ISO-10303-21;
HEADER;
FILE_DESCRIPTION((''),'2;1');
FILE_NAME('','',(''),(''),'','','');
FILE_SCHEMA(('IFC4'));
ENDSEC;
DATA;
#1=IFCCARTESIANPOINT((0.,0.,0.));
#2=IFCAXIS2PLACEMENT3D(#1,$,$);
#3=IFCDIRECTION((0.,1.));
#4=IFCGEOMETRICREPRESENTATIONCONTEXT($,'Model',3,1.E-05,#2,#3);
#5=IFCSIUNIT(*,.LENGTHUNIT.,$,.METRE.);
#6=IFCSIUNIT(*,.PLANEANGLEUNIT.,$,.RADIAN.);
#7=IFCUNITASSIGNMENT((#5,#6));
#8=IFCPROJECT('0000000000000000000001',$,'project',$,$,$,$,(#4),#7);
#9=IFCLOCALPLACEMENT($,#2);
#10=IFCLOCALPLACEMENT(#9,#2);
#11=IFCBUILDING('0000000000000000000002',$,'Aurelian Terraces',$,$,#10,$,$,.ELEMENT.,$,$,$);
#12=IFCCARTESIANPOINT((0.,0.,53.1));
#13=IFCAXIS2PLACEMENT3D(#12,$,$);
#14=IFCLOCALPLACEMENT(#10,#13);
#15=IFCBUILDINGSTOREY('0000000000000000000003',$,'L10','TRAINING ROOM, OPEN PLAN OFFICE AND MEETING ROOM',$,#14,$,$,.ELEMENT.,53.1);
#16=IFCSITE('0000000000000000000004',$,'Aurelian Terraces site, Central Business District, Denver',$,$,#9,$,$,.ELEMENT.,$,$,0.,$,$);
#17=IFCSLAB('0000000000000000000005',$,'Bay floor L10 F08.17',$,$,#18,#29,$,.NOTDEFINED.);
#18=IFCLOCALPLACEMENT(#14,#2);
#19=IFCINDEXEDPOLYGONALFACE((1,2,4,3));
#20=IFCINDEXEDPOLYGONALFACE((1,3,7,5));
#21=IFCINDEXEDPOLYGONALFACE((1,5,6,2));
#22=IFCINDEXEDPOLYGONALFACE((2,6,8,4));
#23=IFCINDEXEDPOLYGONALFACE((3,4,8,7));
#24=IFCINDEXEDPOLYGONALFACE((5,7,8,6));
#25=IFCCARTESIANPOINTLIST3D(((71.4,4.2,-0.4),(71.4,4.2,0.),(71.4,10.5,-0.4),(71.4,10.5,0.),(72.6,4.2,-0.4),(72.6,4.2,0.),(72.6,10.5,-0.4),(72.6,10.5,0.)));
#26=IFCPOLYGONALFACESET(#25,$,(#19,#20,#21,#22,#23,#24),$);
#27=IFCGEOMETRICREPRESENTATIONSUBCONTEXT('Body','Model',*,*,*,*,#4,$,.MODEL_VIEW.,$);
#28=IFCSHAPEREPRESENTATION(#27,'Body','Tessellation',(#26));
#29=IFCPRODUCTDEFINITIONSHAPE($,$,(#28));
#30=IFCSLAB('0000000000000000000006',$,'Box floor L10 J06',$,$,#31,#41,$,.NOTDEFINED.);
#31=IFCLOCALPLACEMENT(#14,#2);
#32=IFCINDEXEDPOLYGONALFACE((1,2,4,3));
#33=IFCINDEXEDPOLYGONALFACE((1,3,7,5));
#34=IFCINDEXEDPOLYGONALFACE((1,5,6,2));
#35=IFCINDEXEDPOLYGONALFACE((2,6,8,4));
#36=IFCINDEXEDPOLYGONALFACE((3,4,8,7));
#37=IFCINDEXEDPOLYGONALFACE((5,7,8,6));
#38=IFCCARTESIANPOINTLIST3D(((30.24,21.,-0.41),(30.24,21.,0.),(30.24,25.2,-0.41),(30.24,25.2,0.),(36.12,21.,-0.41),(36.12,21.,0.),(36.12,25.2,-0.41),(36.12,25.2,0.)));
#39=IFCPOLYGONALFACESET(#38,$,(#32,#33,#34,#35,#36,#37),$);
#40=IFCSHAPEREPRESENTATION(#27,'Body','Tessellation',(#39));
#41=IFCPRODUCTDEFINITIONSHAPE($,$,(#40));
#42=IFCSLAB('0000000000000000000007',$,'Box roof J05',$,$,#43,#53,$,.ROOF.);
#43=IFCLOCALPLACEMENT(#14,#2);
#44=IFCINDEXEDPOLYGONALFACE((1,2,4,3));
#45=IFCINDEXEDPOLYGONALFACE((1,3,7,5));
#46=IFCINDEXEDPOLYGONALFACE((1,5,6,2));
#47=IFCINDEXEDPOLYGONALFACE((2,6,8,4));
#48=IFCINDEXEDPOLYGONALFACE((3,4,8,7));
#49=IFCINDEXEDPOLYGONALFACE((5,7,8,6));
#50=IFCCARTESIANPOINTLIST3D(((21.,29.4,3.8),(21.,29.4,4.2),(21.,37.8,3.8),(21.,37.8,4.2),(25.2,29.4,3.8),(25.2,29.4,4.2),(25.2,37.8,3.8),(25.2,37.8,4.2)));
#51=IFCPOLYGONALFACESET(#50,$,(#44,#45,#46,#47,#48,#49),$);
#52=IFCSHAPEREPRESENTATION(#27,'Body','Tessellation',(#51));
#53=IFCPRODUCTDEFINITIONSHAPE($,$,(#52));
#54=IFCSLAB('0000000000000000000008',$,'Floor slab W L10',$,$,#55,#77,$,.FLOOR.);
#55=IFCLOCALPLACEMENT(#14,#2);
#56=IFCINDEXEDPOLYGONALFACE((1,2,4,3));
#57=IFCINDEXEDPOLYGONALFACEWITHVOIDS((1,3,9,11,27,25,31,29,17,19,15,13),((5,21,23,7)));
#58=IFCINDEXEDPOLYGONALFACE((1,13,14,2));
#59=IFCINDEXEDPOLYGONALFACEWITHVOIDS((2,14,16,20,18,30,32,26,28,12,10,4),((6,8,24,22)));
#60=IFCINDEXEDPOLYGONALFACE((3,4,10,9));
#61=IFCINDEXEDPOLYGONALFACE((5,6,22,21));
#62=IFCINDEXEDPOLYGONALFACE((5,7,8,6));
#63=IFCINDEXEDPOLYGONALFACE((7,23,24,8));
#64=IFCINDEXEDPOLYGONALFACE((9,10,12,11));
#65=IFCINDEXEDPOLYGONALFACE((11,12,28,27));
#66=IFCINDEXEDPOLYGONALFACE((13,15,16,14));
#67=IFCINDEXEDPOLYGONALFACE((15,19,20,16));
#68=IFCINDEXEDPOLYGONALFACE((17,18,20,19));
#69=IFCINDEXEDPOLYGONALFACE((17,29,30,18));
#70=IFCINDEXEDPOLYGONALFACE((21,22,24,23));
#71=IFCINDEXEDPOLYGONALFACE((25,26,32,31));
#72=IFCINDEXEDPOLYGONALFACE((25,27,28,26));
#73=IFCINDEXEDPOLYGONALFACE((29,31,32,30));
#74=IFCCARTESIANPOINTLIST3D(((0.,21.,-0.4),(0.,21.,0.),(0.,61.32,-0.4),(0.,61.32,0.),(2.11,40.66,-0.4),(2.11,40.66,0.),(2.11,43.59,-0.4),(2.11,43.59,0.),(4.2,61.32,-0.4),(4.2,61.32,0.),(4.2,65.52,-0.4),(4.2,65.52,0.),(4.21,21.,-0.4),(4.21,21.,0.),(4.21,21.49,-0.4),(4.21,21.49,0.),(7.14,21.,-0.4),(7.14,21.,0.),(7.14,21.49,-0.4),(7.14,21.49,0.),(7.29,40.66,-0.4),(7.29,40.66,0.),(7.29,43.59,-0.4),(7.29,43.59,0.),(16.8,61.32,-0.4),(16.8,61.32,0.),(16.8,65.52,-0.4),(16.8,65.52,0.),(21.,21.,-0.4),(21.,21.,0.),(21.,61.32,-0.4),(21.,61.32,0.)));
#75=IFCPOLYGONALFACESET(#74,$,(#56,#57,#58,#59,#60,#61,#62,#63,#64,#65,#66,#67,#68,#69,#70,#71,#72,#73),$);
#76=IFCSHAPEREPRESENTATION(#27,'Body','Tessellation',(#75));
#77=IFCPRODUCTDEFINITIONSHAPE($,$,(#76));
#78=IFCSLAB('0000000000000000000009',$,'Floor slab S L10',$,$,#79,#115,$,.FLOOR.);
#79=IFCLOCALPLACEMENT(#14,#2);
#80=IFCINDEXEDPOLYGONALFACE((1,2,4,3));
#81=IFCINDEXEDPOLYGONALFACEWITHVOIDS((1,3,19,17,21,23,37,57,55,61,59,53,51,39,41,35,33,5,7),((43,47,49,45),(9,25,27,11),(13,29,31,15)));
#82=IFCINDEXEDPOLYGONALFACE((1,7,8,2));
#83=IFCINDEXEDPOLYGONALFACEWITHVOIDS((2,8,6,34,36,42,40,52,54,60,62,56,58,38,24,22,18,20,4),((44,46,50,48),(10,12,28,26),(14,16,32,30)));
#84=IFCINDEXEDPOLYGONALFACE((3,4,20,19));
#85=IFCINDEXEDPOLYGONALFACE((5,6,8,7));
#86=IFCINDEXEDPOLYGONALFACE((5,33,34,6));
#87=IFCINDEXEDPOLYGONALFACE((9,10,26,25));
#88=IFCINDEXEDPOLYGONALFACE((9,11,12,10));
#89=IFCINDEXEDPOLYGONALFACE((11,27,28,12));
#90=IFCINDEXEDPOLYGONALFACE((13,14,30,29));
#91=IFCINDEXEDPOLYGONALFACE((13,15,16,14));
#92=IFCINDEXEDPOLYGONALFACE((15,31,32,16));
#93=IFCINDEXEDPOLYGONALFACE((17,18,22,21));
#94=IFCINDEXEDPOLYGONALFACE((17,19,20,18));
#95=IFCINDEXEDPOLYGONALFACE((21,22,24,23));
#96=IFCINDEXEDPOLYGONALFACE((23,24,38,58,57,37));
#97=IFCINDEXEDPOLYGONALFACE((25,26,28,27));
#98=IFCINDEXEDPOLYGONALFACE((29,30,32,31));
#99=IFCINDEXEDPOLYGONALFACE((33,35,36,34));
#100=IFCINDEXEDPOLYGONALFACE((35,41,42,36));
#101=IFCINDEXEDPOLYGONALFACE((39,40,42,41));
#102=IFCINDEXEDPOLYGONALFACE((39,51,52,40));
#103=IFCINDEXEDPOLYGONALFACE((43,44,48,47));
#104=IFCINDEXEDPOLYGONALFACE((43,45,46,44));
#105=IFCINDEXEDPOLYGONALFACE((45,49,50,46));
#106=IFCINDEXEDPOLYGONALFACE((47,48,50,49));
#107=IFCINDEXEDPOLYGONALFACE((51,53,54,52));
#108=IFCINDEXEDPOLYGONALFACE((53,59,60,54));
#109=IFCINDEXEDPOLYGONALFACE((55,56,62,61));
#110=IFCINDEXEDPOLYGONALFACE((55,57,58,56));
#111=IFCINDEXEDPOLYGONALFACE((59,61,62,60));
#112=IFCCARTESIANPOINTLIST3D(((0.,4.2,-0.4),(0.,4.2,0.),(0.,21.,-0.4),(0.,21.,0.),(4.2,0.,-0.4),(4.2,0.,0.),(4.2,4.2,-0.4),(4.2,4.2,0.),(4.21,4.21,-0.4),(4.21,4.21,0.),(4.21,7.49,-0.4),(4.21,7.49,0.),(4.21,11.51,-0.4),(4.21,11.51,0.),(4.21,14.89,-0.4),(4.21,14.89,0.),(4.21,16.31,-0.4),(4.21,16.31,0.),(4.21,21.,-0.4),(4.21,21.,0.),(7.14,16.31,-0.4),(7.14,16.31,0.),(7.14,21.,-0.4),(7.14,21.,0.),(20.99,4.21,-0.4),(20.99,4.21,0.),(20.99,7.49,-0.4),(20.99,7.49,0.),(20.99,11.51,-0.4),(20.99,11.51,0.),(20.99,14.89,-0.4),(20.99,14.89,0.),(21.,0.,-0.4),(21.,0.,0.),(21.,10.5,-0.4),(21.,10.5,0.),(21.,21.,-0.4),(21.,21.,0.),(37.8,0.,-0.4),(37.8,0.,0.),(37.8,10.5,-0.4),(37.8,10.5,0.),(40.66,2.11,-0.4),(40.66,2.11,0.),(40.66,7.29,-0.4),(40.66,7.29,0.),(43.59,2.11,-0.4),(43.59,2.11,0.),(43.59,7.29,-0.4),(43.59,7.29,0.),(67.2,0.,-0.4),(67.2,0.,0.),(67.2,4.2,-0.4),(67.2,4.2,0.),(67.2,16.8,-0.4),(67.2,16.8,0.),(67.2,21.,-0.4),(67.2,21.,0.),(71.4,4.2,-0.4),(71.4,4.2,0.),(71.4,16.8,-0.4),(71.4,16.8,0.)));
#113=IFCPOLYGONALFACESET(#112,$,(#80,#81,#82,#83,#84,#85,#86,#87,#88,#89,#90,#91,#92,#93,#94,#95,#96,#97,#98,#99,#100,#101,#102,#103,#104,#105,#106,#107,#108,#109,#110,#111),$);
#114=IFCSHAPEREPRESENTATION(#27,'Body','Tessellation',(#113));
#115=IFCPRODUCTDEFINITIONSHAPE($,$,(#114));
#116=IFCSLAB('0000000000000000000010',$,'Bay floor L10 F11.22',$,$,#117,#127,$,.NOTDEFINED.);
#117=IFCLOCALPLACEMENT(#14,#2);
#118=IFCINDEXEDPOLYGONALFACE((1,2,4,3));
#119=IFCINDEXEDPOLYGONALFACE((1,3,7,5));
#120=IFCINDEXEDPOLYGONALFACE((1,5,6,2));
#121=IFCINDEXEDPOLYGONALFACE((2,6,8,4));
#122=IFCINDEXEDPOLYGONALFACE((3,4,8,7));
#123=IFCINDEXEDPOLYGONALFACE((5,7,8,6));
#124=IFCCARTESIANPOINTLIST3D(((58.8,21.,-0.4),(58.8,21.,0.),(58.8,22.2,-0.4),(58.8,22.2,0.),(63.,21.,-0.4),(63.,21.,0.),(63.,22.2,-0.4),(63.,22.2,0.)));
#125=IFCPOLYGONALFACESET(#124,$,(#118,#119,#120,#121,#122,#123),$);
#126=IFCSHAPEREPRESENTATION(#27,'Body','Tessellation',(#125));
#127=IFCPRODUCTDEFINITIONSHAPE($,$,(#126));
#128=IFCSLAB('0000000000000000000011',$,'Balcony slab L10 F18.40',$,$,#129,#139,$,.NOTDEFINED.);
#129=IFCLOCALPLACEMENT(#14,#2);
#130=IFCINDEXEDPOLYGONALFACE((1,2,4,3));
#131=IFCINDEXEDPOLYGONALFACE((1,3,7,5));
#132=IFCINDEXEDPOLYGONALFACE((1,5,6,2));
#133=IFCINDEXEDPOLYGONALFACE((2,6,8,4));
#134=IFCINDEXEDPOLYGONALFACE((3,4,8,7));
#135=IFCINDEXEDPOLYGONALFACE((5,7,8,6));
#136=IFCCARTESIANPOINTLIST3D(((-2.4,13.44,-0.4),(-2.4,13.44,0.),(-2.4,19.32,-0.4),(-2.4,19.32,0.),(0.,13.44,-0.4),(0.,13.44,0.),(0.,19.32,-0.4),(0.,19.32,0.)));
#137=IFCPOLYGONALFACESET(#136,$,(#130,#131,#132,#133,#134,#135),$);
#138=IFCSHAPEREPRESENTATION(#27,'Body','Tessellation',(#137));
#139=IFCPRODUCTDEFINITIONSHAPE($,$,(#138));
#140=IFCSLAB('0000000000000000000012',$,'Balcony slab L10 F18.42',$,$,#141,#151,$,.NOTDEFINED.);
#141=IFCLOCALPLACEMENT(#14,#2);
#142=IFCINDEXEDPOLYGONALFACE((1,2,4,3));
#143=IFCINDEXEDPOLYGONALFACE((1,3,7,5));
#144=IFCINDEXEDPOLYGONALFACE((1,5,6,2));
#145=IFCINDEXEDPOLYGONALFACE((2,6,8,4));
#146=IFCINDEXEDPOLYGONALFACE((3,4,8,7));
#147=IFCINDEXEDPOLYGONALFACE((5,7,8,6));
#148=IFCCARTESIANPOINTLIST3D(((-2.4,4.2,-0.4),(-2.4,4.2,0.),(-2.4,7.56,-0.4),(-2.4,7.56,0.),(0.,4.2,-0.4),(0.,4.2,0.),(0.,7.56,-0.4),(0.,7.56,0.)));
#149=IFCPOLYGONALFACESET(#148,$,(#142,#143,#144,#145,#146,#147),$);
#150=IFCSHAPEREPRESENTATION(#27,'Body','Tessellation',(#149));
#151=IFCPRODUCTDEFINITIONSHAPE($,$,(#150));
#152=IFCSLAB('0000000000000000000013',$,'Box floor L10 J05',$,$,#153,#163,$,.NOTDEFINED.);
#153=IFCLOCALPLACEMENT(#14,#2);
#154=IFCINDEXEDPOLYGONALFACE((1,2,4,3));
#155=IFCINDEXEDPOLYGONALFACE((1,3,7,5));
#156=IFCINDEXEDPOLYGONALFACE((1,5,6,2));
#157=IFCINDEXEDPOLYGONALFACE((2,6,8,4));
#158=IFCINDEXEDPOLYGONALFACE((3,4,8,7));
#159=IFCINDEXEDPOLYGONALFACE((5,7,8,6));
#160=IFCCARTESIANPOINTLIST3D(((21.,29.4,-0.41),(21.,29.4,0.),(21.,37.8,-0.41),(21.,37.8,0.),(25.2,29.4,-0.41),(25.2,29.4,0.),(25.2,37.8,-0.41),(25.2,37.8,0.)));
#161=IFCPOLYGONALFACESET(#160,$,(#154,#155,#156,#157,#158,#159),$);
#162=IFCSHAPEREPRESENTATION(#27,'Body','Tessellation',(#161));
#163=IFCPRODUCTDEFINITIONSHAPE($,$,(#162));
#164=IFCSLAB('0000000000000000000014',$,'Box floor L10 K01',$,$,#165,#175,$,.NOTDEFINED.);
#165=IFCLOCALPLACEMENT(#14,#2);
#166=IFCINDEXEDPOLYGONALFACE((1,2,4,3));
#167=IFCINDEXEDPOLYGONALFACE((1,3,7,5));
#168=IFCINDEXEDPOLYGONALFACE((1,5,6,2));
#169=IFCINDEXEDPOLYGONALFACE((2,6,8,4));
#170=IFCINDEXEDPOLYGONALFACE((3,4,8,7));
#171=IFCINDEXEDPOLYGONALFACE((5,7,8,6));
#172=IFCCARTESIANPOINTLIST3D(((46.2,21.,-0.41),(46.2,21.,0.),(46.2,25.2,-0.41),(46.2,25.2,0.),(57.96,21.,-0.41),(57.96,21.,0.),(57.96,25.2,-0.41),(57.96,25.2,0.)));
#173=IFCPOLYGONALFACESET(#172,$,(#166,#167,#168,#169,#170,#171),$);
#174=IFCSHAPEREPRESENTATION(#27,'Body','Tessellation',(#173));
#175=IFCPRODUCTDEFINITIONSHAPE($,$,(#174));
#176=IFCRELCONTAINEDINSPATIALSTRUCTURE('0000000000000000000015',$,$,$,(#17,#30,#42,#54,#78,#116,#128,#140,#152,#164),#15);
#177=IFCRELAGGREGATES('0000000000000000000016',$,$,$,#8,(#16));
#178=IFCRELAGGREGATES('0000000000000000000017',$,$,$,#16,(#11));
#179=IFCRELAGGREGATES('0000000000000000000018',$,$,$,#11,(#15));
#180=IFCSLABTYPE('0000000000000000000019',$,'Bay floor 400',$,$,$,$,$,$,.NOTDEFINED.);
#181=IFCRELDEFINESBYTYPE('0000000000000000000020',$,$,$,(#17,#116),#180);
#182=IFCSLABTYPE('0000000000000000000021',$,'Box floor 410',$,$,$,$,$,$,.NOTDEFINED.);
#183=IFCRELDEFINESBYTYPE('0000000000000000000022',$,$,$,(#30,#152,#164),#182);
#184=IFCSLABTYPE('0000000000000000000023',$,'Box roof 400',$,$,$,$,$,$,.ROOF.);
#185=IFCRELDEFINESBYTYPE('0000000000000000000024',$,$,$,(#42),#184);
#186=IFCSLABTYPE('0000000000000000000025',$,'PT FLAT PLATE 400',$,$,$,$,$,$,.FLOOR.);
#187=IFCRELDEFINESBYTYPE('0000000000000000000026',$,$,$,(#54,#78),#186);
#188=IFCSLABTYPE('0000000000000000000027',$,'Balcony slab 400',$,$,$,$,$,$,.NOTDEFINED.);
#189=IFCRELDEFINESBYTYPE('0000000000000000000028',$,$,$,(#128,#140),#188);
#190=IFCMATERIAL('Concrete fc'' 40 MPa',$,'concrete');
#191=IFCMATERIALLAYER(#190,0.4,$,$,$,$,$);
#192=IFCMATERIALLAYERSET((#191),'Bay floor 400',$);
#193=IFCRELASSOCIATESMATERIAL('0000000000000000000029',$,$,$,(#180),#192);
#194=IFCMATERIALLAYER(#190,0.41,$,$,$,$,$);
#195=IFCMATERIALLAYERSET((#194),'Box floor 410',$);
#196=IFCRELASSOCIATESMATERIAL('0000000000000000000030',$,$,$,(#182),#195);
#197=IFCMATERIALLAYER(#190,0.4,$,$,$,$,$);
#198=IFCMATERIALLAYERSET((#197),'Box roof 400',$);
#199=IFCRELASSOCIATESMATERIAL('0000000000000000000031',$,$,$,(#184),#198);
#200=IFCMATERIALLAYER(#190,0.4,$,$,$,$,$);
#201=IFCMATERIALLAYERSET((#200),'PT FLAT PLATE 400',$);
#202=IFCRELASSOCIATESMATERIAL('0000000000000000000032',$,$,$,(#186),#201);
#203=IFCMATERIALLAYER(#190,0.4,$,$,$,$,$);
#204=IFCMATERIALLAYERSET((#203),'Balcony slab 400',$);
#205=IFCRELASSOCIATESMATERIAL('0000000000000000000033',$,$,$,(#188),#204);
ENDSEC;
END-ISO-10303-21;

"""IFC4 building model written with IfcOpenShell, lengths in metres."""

from ifc_helpers import new_model, si_unit, direction, frame, origin, place, context, subcontext, project, spatial, polyline, outline, extrude, source, transform, mapped, material, layer, layer_set, type_object, element, save


model = new_model("IFC4")

# Units and contexts
model_context = context("Model", 3, precision=1e-05, world=origin(), true_north=direction((0.0, 1.0)))
body_context = subcontext(model_context, "Body", "Model", "MODEL_VIEW")
ifc_project = project(units=[si_unit("LENGTHUNIT", "METRE"), si_unit("PLANEANGLEUNIT", "RADIAN")], contexts=[model_context])

# Site, building, storey
site_placement = place(None, origin())
site = spatial("IfcSite", under=ifc_project, at=site_placement, Name="Aurelian Terraces site, Central Business District, Denver", CompositionType="ELEMENT", RefElevation=0.0)
building_placement = place(site_placement, origin())
building = spatial("IfcBuilding", under=site, at=building_placement, Name="Aurelian Terraces", CompositionType="ELEMENT")
storey_placement = place(building_placement, frame((0.0, 0.0, 53.1)))
storey = spatial("IfcBuildingStorey", under=building, at=storey_placement, Name="L10", Description="TRAINING ROOM, OPEN PLAN OFFICE AND MEETING ROOM", CompositionType="ELEMENT", Elevation=53.1)

# Slabs
ifc_material_1 = material(Name="Concrete fc' 40 MPa", Category="concrete")
ifc_layer_1 = layer(ifc_material_1, 0.4)
ifc_layer_set_1 = layer_set([ifc_layer_1], Name="Bay floor 400")
slab_type_1 = type_object("IfcSlabType", Name="Bay floor 400", PredefinedType="NOTDEFINED", material=ifc_layer_set_1)
slab_1_placement = place(storey_placement, frame((0.0, 0.0, -0.4)))
element("IfcSlab", 1, at=slab_1_placement, inside=storey, type_object=slab_type_1, Name="Bay floor L10 F08.17", PredefinedType="NOTDEFINED", context=body_context, shape_type="SweptSolid", body=[
    extrude(outline(polyline([(71.4, 4.2), (71.4, 10.5), (72.6, 10.5), (72.6, 4.2), (71.4, 4.2)])), origin(), (0.0, 0.0, 1.0), 0.4),
])
ifc_layer_2 = layer(ifc_material_1, 0.41)
ifc_layer_set_2 = layer_set([ifc_layer_2], Name="Box floor 410")
slab_type_2 = type_object("IfcSlabType", Name="Box floor 410", PredefinedType="NOTDEFINED", material=ifc_layer_set_2)
slab_2_placement = place(storey_placement, frame((0.0, 0.0, -0.41)))
element("IfcSlab", 2, at=slab_2_placement, inside=storey, type_object=slab_type_2, Name="Box floor L10 J06", PredefinedType="NOTDEFINED", context=body_context, shape_type="SweptSolid", body=[
    extrude(outline(polyline([(36.12, 25.2), (30.24, 25.2), (30.24, 21.0), (36.12, 21.0), (36.12, 25.2)])), origin(), (0.0, 0.0, 1.0), 0.41),
])
ifc_layer_3 = layer(ifc_material_1, 0.4)
ifc_layer_set_3 = layer_set([ifc_layer_3], Name="Box roof 400")
slab_type_3 = type_object("IfcSlabType", Name="Box roof 400", PredefinedType="ROOF", material=ifc_layer_set_3)
slab_3_placement = place(storey_placement, frame((0.0, 0.0, 3.8)))
element("IfcSlab", 3, at=slab_3_placement, inside=storey, type_object=slab_type_3, Name="Box roof J05", PredefinedType="ROOF", context=body_context, shape_type="SweptSolid", body=[
    extrude(outline(polyline([(25.2, 29.4), (25.2, 37.8), (21.0, 37.8), (21.0, 29.4), (25.2, 29.4)])), origin(), (0.0, 0.0, 1.0), 0.4),
])
ifc_layer_4 = layer(ifc_material_1, 0.4)
ifc_layer_set_4 = layer_set([ifc_layer_4], Name="PT FLAT PLATE 400")
slab_type_4 = type_object("IfcSlabType", Name="PT FLAT PLATE 400", PredefinedType="FLOOR", material=ifc_layer_set_4)
shared_shape_1 = source(origin(), body_context, "Body", "SweptSolid", [
    extrude(outline(polyline([(7.14, 21.0), (7.14, 21.49), (4.21, 21.49), (4.21, 21.0), (0.0, 21.0), (0.0, 61.32), (4.2, 61.32), (4.2, 65.52), (16.8, 65.52), (16.8, 61.32), (21.0, 61.32), (21.0, 21.0), (7.14, 21.0)]), holes=[polyline([(7.29, 43.59), (2.11, 43.59), (2.11, 40.66), (7.29, 40.66), (7.29, 43.59)])]), origin(), (0.0, 0.0, 1.0), 0.4),
])
slab_4_placement = place(storey_placement, frame((0.0, 0.0, -0.4)))
element("IfcSlab", 4, at=slab_4_placement, inside=storey, type_object=slab_type_4, Name="Floor slab W L10", PredefinedType="FLOOR", context=body_context, shape_type="MappedRepresentation", body=[
    mapped(shared_shape_1, transform((0.0, 0.0, 0.0), scale=1.0)),
])
shared_shape_2 = source(origin(), body_context, "Body", "SweptSolid", [
    extrude(outline(polyline([(71.4, 16.8), (71.4, 4.2), (67.2, 4.2), (67.2, 0.0), (37.8, 0.0), (37.8, 10.5), (21.0, 10.5), (21.0, 0.0), (4.2, 0.0), (4.2, 4.2), (0.0, 4.2), (0.0, 21.0), (4.21, 21.0), (4.21, 16.31), (7.14, 16.31), (7.14, 21.0), (21.0, 21.0), (67.2, 21.0), (67.2, 16.8), (71.4, 16.8)]), holes=[polyline([(40.66, 2.11), (43.59, 2.11), (43.59, 7.29), (40.66, 7.29), (40.66, 2.11)]), polyline([(4.21, 7.49), (4.21, 4.21), (20.99, 4.21), (20.99, 7.49), (4.21, 7.49)]), polyline([(4.21, 14.89), (4.21, 11.51), (20.99, 11.51), (20.99, 14.89), (4.21, 14.89)])]), origin(), (0.0, 0.0, 1.0), 0.4),
])
slab_5_placement = place(storey_placement, frame((0.0, 0.0, -0.4)))
element("IfcSlab", 5, at=slab_5_placement, inside=storey, type_object=slab_type_4, Name="Floor slab S L10", PredefinedType="FLOOR", context=body_context, shape_type="MappedRepresentation", body=[
    mapped(shared_shape_2, transform((0.0, 0.0, 0.0), scale=1.0)),
])
shared_shape_3 = source(origin(), body_context, "Body", "SweptSolid", [
    extrude(outline(polyline([(63.0, 21.0), (58.8, 21.0), (58.8, 22.2), (63.0, 22.2), (63.0, 21.0)])), origin(), (0.0, 0.0, 1.0), 0.4),
])
slab_6_placement = place(storey_placement, frame((0.0, 0.0, -0.4)))
element("IfcSlab", 6, at=slab_6_placement, inside=storey, type_object=slab_type_1, Name="Bay floor L10 F11.22", PredefinedType="NOTDEFINED", context=body_context, shape_type="MappedRepresentation", body=[
    mapped(shared_shape_3, transform((0.0, 0.0, 0.0), scale=1.0)),
])
ifc_layer_5 = layer(ifc_material_1, 0.4)
ifc_layer_set_5 = layer_set([ifc_layer_5], Name="Balcony slab 400")
slab_type_5 = type_object("IfcSlabType", Name="Balcony slab 400", PredefinedType="NOTDEFINED", material=ifc_layer_set_5)
shared_shape_4 = source(origin(), body_context, "Body", "SweptSolid", [
    extrude(outline(polyline([(0.0, 19.32), (0.0, 13.44), (-2.4, 13.44), (-2.4, 19.32), (0.0, 19.32)])), origin(), (0.0, 0.0, 1.0), 0.4),
])
slab_7_placement = place(storey_placement, frame((0.0, 0.0, -0.4)))
element("IfcSlab", 7, at=slab_7_placement, inside=storey, type_object=slab_type_5, Name="Balcony slab L10 F18.40", PredefinedType="NOTDEFINED", context=body_context, shape_type="MappedRepresentation", body=[
    mapped(shared_shape_4, transform((0.0, 0.0, 0.0), scale=1.0)),
])
shared_shape_5 = source(origin(), body_context, "Body", "SweptSolid", [
    extrude(outline(polyline([(0.0, 7.56), (0.0, 4.2), (-2.4, 4.2), (-2.4, 7.56), (0.0, 7.56)])), origin(), (0.0, 0.0, 1.0), 0.4),
])
slab_8_placement = place(storey_placement, frame((0.0, 0.0, -0.4)))
element("IfcSlab", 8, at=slab_8_placement, inside=storey, type_object=slab_type_5, Name="Balcony slab L10 F18.42", PredefinedType="NOTDEFINED", context=body_context, shape_type="MappedRepresentation", body=[
    mapped(shared_shape_5, transform((0.0, 0.0, 0.0), scale=1.0)),
])
shared_shape_6 = source(origin(), body_context, "Body", "SweptSolid", [
    extrude(outline(polyline([(25.2, 29.4), (25.2, 37.8), (21.0, 37.8), (21.0, 29.4), (25.2, 29.4)])), origin(), (0.0, 0.0, 1.0), 0.41),
])
slab_9_placement = place(storey_placement, frame((0.0, 0.0, -0.41)))
element("IfcSlab", 9, at=slab_9_placement, inside=storey, type_object=slab_type_2, Name="Box floor L10 J05", PredefinedType="NOTDEFINED", context=body_context, shape_type="MappedRepresentation", body=[
    mapped(shared_shape_6, transform((0.0, 0.0, 0.0), scale=1.0)),
])
shared_shape_7 = source(origin(), body_context, "Body", "SweptSolid", [
    extrude(outline(polyline([(57.96, 25.2), (46.2, 25.2), (46.2, 21.0), (57.96, 21.0), (57.96, 25.2)])), origin(), (0.0, 0.0, 1.0), 0.41),
])
slab_10_placement = place(storey_placement, frame((0.0, 0.0, -0.41)))
element("IfcSlab", 10, at=slab_10_placement, inside=storey, type_object=slab_type_2, Name="Box floor L10 K01", PredefinedType="NOTDEFINED", context=body_context, shape_type="MappedRepresentation", body=[
    mapped(shared_shape_7, transform((0.0, 0.0, 0.0), scale=1.0)),
])

save(model, "model.ifc")
